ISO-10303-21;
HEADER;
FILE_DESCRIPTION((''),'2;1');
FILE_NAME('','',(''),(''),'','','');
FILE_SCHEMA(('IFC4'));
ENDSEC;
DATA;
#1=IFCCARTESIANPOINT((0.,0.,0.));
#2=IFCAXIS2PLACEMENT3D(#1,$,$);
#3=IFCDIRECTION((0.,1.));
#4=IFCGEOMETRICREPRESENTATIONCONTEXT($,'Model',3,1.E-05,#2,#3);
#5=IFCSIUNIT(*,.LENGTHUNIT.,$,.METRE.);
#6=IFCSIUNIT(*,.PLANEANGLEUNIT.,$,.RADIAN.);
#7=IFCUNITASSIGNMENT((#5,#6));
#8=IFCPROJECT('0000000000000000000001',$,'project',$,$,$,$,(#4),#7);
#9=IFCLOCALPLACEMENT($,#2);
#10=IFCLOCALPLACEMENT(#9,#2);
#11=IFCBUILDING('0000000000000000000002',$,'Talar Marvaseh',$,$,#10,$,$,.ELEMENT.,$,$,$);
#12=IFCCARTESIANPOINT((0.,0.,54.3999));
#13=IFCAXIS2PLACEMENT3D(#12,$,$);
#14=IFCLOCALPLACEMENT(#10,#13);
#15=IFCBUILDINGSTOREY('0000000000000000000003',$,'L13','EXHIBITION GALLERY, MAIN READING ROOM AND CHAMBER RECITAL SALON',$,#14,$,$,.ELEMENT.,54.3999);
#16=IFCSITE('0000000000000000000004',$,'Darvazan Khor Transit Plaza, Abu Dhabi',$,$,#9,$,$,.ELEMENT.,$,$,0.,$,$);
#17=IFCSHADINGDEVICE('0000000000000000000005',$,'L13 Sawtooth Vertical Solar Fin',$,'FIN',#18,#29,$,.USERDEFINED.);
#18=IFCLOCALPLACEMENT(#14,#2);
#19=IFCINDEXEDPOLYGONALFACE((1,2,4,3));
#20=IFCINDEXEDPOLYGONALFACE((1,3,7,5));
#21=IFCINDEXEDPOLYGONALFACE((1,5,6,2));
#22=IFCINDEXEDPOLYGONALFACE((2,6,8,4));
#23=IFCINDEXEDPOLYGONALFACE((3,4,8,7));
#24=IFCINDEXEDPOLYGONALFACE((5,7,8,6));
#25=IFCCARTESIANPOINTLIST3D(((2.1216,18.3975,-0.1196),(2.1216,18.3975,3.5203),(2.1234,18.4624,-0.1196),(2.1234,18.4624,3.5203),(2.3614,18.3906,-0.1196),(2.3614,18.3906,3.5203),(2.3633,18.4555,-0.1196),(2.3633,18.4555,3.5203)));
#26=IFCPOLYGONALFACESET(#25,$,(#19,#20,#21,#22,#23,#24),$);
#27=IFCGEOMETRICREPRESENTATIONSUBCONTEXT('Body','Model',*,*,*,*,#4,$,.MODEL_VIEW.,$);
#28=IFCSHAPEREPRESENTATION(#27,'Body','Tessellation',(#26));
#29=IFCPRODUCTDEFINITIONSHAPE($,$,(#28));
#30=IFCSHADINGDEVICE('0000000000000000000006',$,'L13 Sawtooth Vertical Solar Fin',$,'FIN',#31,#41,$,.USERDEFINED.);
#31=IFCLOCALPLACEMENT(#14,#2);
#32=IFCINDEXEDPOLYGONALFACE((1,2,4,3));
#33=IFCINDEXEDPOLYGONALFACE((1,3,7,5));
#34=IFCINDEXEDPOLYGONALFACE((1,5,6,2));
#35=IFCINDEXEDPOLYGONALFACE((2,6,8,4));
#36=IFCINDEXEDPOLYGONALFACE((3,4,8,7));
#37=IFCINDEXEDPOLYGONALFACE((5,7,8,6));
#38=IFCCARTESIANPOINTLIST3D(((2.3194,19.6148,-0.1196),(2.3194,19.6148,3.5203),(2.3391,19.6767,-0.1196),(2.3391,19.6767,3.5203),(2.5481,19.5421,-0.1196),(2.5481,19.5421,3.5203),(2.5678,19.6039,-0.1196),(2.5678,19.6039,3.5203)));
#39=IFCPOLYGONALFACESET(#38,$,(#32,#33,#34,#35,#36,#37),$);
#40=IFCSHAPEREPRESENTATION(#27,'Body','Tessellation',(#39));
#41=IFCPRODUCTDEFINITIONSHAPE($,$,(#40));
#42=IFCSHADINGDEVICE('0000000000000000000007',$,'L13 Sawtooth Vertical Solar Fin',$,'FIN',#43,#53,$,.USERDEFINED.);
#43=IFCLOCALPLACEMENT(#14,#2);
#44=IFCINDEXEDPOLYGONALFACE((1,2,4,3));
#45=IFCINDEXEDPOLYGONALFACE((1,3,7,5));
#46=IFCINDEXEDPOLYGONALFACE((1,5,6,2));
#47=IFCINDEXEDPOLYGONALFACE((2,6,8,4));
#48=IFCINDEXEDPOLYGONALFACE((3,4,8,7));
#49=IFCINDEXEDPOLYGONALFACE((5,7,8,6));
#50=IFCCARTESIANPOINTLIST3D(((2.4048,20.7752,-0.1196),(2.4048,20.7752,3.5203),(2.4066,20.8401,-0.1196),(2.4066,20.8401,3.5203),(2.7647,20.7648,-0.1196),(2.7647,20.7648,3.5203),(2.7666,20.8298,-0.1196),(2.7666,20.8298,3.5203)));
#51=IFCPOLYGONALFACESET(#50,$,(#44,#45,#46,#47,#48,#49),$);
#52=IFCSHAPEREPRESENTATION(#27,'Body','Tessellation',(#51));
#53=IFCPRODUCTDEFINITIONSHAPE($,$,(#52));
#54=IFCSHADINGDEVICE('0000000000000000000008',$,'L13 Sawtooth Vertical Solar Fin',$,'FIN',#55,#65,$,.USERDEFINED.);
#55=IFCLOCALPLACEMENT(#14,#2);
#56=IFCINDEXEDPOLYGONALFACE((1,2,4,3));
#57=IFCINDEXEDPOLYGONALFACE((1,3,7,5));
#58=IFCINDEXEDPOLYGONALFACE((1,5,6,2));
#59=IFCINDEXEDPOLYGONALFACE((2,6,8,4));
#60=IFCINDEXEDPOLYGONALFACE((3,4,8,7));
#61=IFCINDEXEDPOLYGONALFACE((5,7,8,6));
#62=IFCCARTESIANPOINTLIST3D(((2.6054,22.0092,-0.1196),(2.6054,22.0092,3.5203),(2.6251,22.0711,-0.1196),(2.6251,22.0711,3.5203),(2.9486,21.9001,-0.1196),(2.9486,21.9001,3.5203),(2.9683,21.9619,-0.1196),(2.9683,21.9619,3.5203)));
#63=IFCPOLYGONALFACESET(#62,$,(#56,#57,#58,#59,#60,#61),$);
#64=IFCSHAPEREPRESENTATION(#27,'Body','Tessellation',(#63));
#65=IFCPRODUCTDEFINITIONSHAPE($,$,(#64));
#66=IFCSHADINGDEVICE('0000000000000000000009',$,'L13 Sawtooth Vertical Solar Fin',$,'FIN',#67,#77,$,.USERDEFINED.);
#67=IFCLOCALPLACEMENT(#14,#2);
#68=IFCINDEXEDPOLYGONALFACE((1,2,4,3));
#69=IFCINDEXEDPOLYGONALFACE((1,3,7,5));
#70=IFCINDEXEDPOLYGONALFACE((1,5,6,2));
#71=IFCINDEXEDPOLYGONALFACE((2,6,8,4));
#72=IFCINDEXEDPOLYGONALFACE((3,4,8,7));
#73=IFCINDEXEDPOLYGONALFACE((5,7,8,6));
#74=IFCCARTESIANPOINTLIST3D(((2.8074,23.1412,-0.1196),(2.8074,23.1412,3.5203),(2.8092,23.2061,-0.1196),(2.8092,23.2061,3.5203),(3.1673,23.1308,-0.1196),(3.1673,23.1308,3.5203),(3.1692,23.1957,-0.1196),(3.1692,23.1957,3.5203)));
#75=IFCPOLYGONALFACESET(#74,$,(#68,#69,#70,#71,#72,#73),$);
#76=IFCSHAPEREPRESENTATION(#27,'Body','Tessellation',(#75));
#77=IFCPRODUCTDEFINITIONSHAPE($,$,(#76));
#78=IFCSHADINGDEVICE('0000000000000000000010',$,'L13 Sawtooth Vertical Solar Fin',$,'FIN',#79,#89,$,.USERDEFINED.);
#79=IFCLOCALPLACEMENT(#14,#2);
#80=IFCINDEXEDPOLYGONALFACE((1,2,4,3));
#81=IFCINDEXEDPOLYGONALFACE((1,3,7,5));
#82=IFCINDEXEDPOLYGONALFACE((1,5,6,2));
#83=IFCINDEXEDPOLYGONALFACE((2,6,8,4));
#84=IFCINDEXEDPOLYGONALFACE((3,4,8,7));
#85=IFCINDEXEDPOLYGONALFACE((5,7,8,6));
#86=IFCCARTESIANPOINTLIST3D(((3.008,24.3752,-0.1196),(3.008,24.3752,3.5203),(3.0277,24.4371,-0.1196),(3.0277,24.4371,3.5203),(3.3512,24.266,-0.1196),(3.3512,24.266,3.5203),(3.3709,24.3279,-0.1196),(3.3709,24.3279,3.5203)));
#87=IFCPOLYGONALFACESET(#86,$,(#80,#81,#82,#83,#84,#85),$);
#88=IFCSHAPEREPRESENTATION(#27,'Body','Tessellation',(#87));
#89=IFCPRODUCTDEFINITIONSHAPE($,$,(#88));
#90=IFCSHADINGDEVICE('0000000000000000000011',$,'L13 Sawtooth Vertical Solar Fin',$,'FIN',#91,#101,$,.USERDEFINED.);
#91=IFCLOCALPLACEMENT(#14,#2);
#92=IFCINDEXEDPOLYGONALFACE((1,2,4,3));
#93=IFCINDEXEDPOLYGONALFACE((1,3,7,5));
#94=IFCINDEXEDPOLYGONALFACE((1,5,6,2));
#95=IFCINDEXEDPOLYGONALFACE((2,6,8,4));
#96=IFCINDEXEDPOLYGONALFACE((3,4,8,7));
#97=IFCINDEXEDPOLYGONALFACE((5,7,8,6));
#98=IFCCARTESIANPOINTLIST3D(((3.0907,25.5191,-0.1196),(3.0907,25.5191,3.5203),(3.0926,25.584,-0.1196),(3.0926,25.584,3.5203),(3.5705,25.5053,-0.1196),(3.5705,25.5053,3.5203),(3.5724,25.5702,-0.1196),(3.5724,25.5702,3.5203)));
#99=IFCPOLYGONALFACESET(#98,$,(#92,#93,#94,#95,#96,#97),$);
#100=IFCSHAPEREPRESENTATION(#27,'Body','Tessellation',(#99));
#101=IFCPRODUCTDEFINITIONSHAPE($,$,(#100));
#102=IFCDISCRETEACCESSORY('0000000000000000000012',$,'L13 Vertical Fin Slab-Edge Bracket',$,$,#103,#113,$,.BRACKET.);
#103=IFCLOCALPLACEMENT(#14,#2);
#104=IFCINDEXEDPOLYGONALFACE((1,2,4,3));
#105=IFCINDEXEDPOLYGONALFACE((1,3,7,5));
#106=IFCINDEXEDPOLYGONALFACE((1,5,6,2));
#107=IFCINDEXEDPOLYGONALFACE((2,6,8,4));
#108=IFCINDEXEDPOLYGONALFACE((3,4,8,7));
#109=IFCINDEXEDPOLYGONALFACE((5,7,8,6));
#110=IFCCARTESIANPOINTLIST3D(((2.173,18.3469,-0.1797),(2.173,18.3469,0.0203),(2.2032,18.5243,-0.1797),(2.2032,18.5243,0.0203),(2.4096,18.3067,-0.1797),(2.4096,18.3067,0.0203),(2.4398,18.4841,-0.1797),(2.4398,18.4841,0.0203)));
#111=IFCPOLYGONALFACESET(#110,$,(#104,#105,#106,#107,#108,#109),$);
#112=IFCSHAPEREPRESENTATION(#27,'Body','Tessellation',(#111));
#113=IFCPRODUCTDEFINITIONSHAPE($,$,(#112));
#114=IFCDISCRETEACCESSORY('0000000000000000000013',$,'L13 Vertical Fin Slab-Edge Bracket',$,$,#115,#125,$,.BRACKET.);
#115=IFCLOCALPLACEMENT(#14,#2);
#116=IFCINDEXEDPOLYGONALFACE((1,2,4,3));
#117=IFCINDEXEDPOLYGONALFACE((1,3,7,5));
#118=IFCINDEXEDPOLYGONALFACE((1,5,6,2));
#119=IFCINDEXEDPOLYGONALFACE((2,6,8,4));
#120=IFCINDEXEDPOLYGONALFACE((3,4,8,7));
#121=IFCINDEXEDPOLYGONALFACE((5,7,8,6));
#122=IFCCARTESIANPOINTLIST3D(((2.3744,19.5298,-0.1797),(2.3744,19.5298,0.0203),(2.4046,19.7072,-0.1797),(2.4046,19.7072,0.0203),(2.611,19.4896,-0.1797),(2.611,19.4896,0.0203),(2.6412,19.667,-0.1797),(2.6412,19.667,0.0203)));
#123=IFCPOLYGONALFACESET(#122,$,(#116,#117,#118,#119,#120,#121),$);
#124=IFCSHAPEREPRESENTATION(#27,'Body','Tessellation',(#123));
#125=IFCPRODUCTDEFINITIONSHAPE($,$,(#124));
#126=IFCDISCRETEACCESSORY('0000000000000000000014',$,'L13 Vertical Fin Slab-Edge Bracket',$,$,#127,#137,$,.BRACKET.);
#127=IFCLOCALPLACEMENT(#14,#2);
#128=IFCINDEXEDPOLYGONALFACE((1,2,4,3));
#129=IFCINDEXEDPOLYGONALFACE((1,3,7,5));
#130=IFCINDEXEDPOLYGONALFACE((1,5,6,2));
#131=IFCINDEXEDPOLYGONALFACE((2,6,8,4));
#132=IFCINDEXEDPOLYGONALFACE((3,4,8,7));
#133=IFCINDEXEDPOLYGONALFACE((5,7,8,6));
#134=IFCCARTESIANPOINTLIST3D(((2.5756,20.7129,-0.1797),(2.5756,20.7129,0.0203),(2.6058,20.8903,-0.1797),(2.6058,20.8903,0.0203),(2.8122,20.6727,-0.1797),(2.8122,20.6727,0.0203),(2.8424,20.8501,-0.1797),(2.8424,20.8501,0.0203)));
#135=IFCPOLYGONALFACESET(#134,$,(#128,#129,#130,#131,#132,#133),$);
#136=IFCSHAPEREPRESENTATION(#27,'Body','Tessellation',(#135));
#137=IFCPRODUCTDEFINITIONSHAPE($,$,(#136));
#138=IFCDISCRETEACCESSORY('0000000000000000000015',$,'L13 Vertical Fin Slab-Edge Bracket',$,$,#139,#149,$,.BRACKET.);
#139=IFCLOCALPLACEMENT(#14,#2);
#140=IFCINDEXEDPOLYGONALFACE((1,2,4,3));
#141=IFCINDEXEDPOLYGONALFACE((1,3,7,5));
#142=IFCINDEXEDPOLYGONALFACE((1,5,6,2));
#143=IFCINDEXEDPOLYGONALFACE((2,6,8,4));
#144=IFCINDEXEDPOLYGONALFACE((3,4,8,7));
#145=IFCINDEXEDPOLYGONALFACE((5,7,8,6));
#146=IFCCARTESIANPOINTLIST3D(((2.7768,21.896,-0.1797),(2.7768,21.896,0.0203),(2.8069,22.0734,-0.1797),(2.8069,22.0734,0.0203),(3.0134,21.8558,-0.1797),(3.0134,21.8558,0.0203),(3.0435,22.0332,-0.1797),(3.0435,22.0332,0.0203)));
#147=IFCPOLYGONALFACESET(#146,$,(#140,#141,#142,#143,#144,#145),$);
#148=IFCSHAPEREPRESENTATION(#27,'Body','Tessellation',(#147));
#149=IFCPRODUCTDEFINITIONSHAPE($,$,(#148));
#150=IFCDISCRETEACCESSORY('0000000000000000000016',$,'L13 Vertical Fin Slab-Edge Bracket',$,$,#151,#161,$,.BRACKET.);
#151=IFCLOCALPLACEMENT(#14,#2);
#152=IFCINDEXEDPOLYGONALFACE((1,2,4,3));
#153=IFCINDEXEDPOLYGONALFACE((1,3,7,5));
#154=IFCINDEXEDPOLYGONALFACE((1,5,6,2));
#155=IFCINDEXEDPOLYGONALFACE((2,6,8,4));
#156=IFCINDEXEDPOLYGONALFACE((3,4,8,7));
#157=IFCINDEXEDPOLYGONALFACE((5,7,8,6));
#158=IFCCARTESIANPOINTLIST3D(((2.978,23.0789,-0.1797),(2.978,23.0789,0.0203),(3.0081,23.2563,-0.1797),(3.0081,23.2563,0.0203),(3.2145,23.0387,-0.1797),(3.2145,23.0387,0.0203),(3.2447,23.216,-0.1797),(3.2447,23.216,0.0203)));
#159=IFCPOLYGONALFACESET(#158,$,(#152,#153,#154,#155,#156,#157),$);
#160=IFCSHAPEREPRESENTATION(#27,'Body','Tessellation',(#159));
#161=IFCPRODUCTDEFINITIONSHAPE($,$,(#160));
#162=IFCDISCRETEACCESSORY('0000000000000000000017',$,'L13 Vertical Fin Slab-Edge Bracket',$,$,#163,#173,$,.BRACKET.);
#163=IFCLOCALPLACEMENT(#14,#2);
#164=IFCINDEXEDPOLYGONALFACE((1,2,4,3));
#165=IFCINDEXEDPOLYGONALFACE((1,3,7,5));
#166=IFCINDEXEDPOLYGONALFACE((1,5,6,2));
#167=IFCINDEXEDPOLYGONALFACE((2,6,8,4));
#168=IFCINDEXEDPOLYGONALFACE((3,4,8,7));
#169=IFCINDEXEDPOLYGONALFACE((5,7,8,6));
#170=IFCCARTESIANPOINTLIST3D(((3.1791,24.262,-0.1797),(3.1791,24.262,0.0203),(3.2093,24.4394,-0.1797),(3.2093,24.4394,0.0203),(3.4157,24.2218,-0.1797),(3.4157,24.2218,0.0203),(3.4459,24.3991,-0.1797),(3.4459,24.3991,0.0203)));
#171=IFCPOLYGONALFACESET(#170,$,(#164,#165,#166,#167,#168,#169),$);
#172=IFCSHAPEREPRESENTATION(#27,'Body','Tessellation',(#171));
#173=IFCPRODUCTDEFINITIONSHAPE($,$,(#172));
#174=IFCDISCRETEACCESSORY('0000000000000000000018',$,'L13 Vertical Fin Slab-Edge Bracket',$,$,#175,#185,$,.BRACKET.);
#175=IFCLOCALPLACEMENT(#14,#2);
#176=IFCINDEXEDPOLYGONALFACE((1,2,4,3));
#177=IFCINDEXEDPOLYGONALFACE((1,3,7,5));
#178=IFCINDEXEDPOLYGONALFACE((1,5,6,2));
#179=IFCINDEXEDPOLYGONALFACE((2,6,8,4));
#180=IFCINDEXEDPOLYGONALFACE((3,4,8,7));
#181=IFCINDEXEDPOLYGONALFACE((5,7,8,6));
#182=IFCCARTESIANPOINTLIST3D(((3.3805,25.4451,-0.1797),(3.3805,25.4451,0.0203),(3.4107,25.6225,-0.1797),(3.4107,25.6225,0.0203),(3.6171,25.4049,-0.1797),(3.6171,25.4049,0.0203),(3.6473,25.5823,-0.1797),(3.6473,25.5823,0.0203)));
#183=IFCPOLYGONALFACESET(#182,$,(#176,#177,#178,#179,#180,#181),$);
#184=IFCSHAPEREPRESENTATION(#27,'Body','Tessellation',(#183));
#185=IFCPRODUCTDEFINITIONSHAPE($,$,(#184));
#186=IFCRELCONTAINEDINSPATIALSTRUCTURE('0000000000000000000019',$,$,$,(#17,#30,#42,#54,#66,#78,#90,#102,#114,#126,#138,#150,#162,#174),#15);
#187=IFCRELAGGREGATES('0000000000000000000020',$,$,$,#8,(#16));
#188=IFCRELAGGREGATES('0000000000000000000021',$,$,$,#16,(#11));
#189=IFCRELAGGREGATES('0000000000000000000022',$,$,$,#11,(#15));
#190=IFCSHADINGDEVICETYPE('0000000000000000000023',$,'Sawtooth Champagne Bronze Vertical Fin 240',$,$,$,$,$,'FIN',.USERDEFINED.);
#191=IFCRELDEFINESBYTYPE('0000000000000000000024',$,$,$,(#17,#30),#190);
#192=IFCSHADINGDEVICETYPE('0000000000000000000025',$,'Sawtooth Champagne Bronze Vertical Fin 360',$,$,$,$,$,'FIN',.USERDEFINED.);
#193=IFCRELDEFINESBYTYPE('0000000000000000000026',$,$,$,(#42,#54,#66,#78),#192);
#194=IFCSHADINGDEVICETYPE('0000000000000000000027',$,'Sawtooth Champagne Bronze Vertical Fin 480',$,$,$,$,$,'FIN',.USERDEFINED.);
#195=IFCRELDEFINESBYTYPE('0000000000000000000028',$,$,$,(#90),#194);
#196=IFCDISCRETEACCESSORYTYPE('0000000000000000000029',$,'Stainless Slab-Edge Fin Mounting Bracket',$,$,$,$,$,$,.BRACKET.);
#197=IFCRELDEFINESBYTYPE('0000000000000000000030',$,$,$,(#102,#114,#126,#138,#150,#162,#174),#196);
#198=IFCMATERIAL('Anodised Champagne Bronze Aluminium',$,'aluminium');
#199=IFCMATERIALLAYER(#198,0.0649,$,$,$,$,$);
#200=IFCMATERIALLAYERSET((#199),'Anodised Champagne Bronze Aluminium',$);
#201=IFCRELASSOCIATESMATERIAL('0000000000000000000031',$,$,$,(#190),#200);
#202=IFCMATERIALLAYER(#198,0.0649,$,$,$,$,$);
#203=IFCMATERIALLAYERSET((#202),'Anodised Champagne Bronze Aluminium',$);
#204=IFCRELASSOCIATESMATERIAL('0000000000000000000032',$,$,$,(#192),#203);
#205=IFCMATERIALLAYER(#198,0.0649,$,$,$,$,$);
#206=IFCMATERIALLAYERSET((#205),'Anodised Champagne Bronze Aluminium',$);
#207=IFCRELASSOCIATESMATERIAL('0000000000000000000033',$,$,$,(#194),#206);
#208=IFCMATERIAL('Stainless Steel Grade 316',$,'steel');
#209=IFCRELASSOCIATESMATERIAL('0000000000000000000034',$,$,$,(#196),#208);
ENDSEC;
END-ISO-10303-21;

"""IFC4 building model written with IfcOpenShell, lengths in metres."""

from ifc_helpers import new_model, si_unit, direction, frame, origin, origin_2d, place, context, subcontext, project, spatial, rectangle, extrude, source, transform, mapped, material, layer, layer_set, type_object, type_shapes, element, save


model = new_model("IFC4")

# Units and contexts
model_context = context("Model", 3, precision=1e-05, world=origin(), true_north=direction((0.0, 1.0)))
body_context = subcontext(model_context, "Body", "Model", "MODEL_VIEW")
ifc_project = project(units=[si_unit("LENGTHUNIT", "METRE"), si_unit("PLANEANGLEUNIT", "RADIAN")], contexts=[model_context])

# Site, building, storey
site_placement = place(None, origin())
site = spatial("IfcSite", under=ifc_project, at=site_placement, Name="Darvazan Khor Transit Plaza, Abu Dhabi", CompositionType="ELEMENT", RefElevation=0.0)
building_placement = place(site_placement, origin())
building = spatial("IfcBuilding", under=site, at=building_placement, Name="Talar Marvaseh", CompositionType="ELEMENT")
storey_placement = place(building_placement, frame((0.0, 0.0, 54.3999)))
storey = spatial("IfcBuildingStorey", under=building, at=storey_placement, Name="L13", Description="EXHIBITION GALLERY, MAIN READING ROOM AND CHAMBER RECITAL SALON", CompositionType="ELEMENT", Elevation=54.3999)

# Shading devices
ifc_material_1 = material(Name="Anodised Champagne Bronze Aluminium", Category="aluminium")
ifc_layer_1 = layer(ifc_material_1, 0.0649)
ifc_layer_set_1 = layer_set([ifc_layer_1], Name="Anodised Champagne Bronze Aluminium")
shading_device_type_1 = type_object("IfcShadingDeviceType", Name="Sawtooth Champagne Bronze Vertical Fin 240", ElementType="FIN", PredefinedType="USERDEFINED", material=ifc_layer_set_1)
shared_shape_1 = source(origin(), body_context, "Body", "SweptSolid", [
    extrude(rectangle(XDim=0.24, YDim=0.0649, at=origin_2d()), origin(), (0.0, 0.0, 1.0), 3.6399),
])
type_shapes(shading_device_type_1, [shared_shape_1])
for number, where, z_axis, x_axis, name in (
    (1, (2.2424, 18.4265, -0.1196), (0.0, 0.0, 1.0), (-0.999585, 0.028794, 0.0), "L13 Sawtooth Vertical Solar Fin"),
    (2, (2.4436, 19.6094, -0.1196), (0.0, 0.0, 1.0), (-0.952926, 0.303202, 0.0), "L13 Sawtooth Vertical Solar Fin"),
):
    element("IfcShadingDevice", number, at=place(storey_placement, frame(where, z_axis=z_axis, x_axis=x_axis)), inside=storey, type_object=shading_device_type_1, Name=name, ObjectType="FIN", PredefinedType="USERDEFINED", context=body_context, shape_type="MappedRepresentation", body=[
        mapped(shared_shape_1, transform((0.0, 0.0, 0.0), x_axis=(1.0, 0.0, 0.0), y_axis=(0.0, 1.0, 0.0), z_axis=(0.0, 0.0, 1.0), scale=1.0)),
    ])
ifc_layer_2 = layer(ifc_material_1, 0.0649)
ifc_layer_set_2 = layer_set([ifc_layer_2], Name="Anodised Champagne Bronze Aluminium")
shading_device_type_2 = type_object("IfcShadingDeviceType", Name="Sawtooth Champagne Bronze Vertical Fin 360", ElementType="FIN", PredefinedType="USERDEFINED", material=ifc_layer_set_2)
shared_shape_2 = source(origin(), body_context, "Body", "SweptSolid", [
    extrude(rectangle(XDim=0.3601, YDim=0.0649, at=origin_2d()), origin(), (0.0, 0.0, 1.0), 3.6399),
])
type_shapes(shading_device_type_2, [shared_shape_2])
for number, where, z_axis, x_axis, name in (
    (3, (2.5857, 20.8025, -0.1196), (0.0, 0.0, 1.0), (-0.999585, 0.028794, 0.0), "L13 Sawtooth Vertical Solar Fin"),
    (4, (2.7869, 21.9856, -0.1196), (0.0, 0.0, 1.0), (-0.952926, 0.303202, 0.0), "L13 Sawtooth Vertical Solar Fin"),
    (5, (2.9883, 23.1685, -0.1196), (0.0, 0.0, 1.0), (-0.999585, 0.028794, 0.0), "L13 Sawtooth Vertical Solar Fin"),
    (6, (3.1895, 24.3516, -0.1196), (0.0, 0.0, 1.0), (-0.952926, 0.303202, 0.0), "L13 Sawtooth Vertical Solar Fin"),
):
    element("IfcShadingDevice", number, at=place(storey_placement, frame(where, z_axis=z_axis, x_axis=x_axis)), inside=storey, type_object=shading_device_type_2, Name=name, ObjectType="FIN", PredefinedType="USERDEFINED", context=body_context, shape_type="MappedRepresentation", body=[
        mapped(shared_shape_2, transform((0.0, 0.0, 0.0), x_axis=(1.0, 0.0, 0.0), y_axis=(0.0, 1.0, 0.0), z_axis=(0.0, 0.0, 1.0), scale=1.0)),
    ])
ifc_layer_3 = layer(ifc_material_1, 0.0649)
ifc_layer_set_3 = layer_set([ifc_layer_3], Name="Anodised Champagne Bronze Aluminium")
shading_device_type_3 = type_object("IfcShadingDeviceType", Name="Sawtooth Champagne Bronze Vertical Fin 480", ElementType="FIN", PredefinedType="USERDEFINED", material=ifc_layer_set_3)
shared_shape_3 = source(origin(), body_context, "Body", "SweptSolid", [
    extrude(rectangle(XDim=0.48, YDim=0.0649, at=origin_2d()), origin(), (0.0, 0.0, 1.0), 3.6399),
])
type_shapes(shading_device_type_3, [shared_shape_3])
shading_device_placement = place(storey_placement, frame((3.3315, 25.5447, -0.1196), z_axis=(0.0, 0.0, 1.0), x_axis=(-0.999585, 0.028794, 0.0)))
element("IfcShadingDevice", 7, at=shading_device_placement, inside=storey, type_object=shading_device_type_3, Name="L13 Sawtooth Vertical Solar Fin", ObjectType="FIN", PredefinedType="USERDEFINED", context=body_context, shape_type="MappedRepresentation", body=[
    mapped(shared_shape_3, transform((0.0, 0.0, 0.0), x_axis=(1.0, 0.0, 0.0), y_axis=(0.0, 1.0, 0.0), z_axis=(0.0, 0.0, 1.0), scale=1.0)),
])

# Discrete accessories
ifc_material_2 = material(Name="Stainless Steel Grade 316", Category="steel")
discrete_accessory_type = type_object("IfcDiscreteAccessoryType", Name="Stainless Slab-Edge Fin Mounting Bracket", PredefinedType="BRACKET", material=ifc_material_2)
shared_shape_4 = source(origin(), body_context, "Body", "SweptSolid", [
    extrude(rectangle(XDim=0.24, YDim=0.1799, at=origin_2d()), origin(), (0.0, 0.0, 1.0), 0.2),
])
type_shapes(discrete_accessory_type, [shared_shape_4])
for number, where, z_axis, x_axis, name in (
    (8, (2.3064, 18.4155, -0.1797), (0.0, 0.0, 1.0), (-0.98585, 0.167629, 0.0), "L13 Vertical Fin Slab-Edge Bracket"),
    (9, (2.5078, 19.5984, -0.1797), (0.0, 0.0, 1.0), (-0.98585, 0.167629, 0.0), "L13 Vertical Fin Slab-Edge Bracket"),
    (10, (2.709, 20.7815, -0.1797), (0.0, 0.0, 1.0), (-0.98585, 0.167629, 0.0), "L13 Vertical Fin Slab-Edge Bracket"),
    (11, (2.9102, 21.9646, -0.1797), (0.0, 0.0, 1.0), (-0.98585, 0.167629, 0.0), "L13 Vertical Fin Slab-Edge Bracket"),
    (12, (3.1113, 23.1475, -0.1797), (0.0, 0.0, 1.0), (-0.98585, 0.167629, 0.0), "L13 Vertical Fin Slab-Edge Bracket"),
    (13, (3.3125, 24.3306, -0.1797), (0.0, 0.0, 1.0), (-0.98585, 0.167629, 0.0), "L13 Vertical Fin Slab-Edge Bracket"),
    (14, (3.5139, 25.5137, -0.1797), (0.0, 0.0, 1.0), (-0.98585, 0.167629, 0.0), "L13 Vertical Fin Slab-Edge Bracket"),
):
    element("IfcDiscreteAccessory", number, at=place(storey_placement, frame(where, z_axis=z_axis, x_axis=x_axis)), inside=storey, type_object=discrete_accessory_type, Name=name, PredefinedType="BRACKET", context=body_context, shape_type="MappedRepresentation", body=[
        mapped(shared_shape_4, transform((0.0, 0.0, 0.0), x_axis=(1.0, 0.0, 0.0), y_axis=(0.0, 1.0, 0.0), z_axis=(0.0, 0.0, 1.0), scale=1.0)),
    ])

save(model, "model.ifc")
